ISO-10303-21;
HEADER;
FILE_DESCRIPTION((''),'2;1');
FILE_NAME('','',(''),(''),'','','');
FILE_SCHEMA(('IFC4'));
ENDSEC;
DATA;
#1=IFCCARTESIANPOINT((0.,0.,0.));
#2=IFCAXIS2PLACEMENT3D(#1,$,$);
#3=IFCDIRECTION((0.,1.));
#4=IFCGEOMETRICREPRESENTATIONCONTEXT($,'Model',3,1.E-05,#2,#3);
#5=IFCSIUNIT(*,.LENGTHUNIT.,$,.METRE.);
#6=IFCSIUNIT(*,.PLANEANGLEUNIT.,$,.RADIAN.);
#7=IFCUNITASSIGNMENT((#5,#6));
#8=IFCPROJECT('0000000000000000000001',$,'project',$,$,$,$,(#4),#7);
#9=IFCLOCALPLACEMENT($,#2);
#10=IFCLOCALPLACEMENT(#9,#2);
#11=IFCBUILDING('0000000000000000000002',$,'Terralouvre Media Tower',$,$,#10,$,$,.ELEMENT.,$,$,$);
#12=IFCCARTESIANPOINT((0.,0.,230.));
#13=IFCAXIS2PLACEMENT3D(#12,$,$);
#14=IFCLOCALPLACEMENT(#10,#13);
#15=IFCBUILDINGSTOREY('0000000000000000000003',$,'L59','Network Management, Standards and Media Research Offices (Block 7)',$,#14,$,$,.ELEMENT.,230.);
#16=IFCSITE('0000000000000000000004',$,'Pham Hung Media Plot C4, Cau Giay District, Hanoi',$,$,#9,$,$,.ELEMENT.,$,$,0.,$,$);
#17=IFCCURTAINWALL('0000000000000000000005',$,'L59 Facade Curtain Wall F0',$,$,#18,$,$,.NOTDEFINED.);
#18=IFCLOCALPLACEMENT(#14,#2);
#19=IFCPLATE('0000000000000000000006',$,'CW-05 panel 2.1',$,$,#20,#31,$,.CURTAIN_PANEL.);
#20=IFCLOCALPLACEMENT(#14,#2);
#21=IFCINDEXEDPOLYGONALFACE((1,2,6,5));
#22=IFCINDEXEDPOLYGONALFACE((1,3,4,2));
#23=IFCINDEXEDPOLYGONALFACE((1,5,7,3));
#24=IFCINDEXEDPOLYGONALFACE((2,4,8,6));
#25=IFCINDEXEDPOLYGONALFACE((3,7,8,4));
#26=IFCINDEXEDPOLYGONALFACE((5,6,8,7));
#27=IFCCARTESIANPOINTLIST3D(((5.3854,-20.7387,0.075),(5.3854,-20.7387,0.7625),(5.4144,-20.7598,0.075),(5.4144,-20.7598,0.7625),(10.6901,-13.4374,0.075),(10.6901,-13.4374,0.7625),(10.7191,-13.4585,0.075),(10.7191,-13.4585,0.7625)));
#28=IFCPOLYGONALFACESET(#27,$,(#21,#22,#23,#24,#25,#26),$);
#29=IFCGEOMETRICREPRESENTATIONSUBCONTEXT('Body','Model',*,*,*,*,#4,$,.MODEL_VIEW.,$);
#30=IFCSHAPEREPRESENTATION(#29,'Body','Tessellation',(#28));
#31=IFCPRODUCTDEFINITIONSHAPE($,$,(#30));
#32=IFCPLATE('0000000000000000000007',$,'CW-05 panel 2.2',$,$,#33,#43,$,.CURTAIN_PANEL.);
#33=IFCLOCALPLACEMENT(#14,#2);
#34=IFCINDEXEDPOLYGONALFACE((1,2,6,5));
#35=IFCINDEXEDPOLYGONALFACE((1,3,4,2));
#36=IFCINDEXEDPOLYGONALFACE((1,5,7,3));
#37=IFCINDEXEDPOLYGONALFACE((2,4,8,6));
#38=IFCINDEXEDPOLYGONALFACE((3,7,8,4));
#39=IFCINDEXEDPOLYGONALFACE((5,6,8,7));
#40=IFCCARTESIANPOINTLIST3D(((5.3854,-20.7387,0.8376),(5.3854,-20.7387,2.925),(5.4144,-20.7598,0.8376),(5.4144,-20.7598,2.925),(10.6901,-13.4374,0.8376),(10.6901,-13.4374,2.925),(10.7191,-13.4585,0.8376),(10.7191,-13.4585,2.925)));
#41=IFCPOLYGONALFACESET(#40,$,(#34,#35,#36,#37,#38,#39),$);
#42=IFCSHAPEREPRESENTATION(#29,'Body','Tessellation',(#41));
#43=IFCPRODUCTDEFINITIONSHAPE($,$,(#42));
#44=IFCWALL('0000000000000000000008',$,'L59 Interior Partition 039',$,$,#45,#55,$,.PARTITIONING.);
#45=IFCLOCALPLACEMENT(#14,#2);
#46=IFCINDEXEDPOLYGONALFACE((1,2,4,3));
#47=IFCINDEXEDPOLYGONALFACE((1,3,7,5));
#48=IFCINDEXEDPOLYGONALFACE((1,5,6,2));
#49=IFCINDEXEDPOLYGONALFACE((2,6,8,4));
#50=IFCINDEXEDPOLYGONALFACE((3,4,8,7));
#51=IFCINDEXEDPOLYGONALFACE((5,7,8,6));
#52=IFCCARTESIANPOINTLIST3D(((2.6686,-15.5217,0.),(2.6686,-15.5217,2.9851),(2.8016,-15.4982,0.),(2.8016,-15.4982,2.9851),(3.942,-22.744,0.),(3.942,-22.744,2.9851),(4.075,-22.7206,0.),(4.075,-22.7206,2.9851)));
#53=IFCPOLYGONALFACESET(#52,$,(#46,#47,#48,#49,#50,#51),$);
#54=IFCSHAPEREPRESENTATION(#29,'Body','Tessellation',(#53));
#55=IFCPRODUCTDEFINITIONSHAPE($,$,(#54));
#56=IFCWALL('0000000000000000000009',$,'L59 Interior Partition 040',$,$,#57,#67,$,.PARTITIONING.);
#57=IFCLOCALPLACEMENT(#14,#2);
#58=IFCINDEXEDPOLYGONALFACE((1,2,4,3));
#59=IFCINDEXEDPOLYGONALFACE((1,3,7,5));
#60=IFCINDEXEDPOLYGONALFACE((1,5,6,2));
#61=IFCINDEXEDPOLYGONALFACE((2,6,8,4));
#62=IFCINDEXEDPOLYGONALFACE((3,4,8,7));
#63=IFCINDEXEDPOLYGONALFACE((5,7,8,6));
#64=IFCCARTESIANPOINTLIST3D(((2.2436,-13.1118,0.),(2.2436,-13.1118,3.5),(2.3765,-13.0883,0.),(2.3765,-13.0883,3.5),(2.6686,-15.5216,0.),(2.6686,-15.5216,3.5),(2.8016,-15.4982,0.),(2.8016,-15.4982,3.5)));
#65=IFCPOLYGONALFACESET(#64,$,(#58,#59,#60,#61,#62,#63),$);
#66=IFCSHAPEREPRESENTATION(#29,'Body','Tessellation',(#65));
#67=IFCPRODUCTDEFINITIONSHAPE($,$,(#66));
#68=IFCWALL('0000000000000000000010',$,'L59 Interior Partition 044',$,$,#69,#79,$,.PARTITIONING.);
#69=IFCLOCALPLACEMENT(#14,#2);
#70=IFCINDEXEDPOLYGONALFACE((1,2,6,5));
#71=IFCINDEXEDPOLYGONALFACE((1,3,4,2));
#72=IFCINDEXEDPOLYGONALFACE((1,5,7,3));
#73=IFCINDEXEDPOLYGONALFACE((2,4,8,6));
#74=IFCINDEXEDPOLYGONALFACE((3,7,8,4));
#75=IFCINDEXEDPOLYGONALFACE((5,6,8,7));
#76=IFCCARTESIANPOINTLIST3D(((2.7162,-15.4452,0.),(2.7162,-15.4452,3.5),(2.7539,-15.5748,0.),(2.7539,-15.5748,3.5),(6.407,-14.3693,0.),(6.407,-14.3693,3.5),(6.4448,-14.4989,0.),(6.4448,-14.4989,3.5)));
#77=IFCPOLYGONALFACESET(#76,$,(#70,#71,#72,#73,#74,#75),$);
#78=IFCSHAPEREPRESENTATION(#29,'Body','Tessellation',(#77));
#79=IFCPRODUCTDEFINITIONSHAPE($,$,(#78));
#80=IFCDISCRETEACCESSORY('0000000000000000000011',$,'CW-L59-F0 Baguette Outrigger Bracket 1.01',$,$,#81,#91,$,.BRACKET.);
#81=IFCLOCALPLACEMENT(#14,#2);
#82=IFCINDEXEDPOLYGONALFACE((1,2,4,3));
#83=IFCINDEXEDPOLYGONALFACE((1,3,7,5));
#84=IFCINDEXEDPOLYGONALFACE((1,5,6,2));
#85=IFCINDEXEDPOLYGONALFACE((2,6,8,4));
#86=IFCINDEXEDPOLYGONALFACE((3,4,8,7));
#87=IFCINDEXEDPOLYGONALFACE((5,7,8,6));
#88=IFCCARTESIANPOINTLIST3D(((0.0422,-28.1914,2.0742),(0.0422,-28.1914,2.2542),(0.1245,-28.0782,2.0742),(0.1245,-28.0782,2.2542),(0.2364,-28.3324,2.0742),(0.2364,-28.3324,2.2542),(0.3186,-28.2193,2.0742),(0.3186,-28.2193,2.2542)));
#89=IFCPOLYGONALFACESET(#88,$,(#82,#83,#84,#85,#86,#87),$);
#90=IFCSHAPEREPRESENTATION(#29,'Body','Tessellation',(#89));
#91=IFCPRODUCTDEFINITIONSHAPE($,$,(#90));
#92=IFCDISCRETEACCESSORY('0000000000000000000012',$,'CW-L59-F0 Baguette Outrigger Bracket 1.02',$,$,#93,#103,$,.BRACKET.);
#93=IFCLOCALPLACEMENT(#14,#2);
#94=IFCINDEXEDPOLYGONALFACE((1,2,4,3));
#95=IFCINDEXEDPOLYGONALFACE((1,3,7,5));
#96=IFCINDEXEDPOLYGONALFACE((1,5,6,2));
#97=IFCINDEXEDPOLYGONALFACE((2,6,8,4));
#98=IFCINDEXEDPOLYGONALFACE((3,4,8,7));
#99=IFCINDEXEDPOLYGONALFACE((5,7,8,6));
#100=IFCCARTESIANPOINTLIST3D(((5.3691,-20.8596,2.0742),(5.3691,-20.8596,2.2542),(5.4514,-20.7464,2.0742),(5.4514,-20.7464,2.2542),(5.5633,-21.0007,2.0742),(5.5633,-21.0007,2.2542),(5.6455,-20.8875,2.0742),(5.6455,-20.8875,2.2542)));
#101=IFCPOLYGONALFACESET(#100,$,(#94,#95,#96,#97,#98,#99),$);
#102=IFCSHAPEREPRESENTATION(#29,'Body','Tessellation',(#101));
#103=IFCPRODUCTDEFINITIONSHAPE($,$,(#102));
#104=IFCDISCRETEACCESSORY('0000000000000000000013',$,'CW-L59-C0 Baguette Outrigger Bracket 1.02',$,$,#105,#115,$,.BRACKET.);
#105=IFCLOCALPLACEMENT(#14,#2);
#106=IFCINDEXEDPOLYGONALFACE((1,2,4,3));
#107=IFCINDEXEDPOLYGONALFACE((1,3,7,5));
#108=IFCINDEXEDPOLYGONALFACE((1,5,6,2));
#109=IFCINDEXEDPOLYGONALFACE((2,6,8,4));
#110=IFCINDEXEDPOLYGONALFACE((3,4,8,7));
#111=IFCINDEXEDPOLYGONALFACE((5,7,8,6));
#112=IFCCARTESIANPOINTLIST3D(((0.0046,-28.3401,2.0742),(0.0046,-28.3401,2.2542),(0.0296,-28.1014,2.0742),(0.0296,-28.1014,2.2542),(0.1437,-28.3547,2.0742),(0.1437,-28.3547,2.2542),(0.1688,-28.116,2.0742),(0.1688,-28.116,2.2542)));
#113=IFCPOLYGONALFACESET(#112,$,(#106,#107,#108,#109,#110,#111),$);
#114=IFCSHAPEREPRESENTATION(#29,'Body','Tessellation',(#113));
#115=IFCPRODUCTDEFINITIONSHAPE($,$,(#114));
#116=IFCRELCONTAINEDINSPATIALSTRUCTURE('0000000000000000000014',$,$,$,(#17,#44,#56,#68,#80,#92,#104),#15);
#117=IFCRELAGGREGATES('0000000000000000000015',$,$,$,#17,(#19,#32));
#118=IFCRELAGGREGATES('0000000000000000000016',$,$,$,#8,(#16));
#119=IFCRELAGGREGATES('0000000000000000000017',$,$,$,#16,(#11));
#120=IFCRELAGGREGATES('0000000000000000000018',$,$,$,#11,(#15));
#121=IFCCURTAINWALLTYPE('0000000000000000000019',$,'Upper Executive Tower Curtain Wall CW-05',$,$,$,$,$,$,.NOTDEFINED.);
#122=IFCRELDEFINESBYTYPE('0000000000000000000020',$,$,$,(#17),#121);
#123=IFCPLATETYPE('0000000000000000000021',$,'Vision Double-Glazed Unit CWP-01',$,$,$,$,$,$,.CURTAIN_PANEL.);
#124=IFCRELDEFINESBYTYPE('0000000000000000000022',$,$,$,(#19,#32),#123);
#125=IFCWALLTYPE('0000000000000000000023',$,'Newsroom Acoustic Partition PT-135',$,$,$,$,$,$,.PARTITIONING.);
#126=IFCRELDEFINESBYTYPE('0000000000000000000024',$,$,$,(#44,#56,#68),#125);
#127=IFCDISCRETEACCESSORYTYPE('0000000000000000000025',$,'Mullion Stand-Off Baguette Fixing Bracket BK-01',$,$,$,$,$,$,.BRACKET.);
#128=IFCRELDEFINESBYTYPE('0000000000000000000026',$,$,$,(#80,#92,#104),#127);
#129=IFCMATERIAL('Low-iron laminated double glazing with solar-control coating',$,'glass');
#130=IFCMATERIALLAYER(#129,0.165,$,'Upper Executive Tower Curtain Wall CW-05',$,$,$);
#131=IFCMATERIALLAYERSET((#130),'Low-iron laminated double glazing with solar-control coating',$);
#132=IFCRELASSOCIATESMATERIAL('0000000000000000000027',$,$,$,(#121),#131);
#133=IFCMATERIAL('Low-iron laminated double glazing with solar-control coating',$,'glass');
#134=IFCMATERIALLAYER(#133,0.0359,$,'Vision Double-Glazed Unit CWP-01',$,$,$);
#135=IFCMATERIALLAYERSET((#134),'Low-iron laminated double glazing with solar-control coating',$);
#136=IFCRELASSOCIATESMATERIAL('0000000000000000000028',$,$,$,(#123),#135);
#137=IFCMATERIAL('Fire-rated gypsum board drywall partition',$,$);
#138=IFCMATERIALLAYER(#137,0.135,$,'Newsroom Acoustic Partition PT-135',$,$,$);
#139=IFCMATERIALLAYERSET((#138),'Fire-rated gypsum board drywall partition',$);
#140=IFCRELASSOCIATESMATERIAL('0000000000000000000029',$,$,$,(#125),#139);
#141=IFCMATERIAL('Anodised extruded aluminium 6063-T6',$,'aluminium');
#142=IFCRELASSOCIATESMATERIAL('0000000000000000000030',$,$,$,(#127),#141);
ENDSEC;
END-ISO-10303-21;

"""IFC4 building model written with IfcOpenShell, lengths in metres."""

from ifc_helpers import new_model, si_unit, direction, frame, frame_2d, origin, origin_2d, place, context, subcontext, project, spatial, rectangle, extrude, material, layer, layer_set, type_object, element, aggregate, save


model = new_model("IFC4")

# Units and contexts
model_context = context("Model", 3, precision=1e-05, world=origin(), true_north=direction((0.0, 1.0)))
body_context = subcontext(model_context, "Body", "Model", "MODEL_VIEW")
ifc_project = project(units=[si_unit("LENGTHUNIT", "METRE"), si_unit("PLANEANGLEUNIT", "RADIAN")], contexts=[model_context])

# Site, building, storey
site_placement = place(None, origin())
site = spatial("IfcSite", under=ifc_project, at=site_placement, Name="Pham Hung Media Plot C4, Cau Giay District, Hanoi", CompositionType="ELEMENT", RefElevation=0.0)
building_placement = place(site_placement, origin())
building = spatial("IfcBuilding", under=site, at=building_placement, Name="Terralouvre Media Tower", CompositionType="ELEMENT")
storey_placement = place(building_placement, frame((0.0, 0.0, 230.0)))
storey = spatial("IfcBuildingStorey", under=building, at=storey_placement, Name="L59", Description="Network Management, Standards and Media Research Offices (Block 7)", CompositionType="ELEMENT", Elevation=230.0)

# Curtain wall
ifc_material_1 = material(Name="Low-iron laminated double glazing with solar-control coating", Category="glass")
ifc_layer_1 = layer(ifc_material_1, 0.165, Name="Upper Executive Tower Curtain Wall CW-05")
ifc_layer_set_1 = layer_set([ifc_layer_1], Name="Low-iron laminated double glazing with solar-control coating")
curtain_wall_type_1 = type_object("IfcCurtainWallType", Name="Upper Executive Tower Curtain Wall CW-05", PredefinedType="NOTDEFINED", material=ifc_layer_set_1)
curtain_wall_1_placement = place(storey_placement, origin())
curtain_wall_1 = element("IfcCurtainWall", 1, at=curtain_wall_1_placement, inside=storey, type_object=curtain_wall_type_1, Name="L59 Facade Curtain Wall F0", PredefinedType="NOTDEFINED")

# Plates
ifc_material_2 = material(Name="Low-iron laminated double glazing with solar-control coating", Category="glass")
ifc_layer_2 = layer(ifc_material_2, 0.0359, Name="Vision Double-Glazed Unit CWP-01")
ifc_layer_set_2 = layer_set([ifc_layer_2], Name="Low-iron laminated double glazing with solar-control coating")
plate_type = type_object("IfcPlateType", Name="Vision Double-Glazed Unit CWP-01", PredefinedType="CURTAIN_PANEL", material=ifc_layer_set_2)
plate_1_placement = place(storey_placement, frame((8.0522, -17.0986, 0.075), z_axis=(0.0, 0.0, 1.0), x_axis=(0.587785, 0.809017, 0.0)))
plate_1 = element("IfcPlate", 2, at=plate_1_placement, type_object=plate_type, Name="CW-05 panel 2.1", PredefinedType="CURTAIN_PANEL", context=body_context, shape_type="SweptSolid", body=[
    extrude(rectangle(XDim=9.0249, YDim=0.0359, at=origin_2d()), origin(), (0.0, 0.0, 1.0), 0.6875),
])
plate_2_placement = place(storey_placement, frame((8.0522, -17.0986, 0.8376), z_axis=(0.0, 0.0, 1.0), x_axis=(0.587785, 0.809017, 0.0)))
plate_2 = element("IfcPlate", 3, at=plate_2_placement, type_object=plate_type, Name="CW-05 panel 2.2", PredefinedType="CURTAIN_PANEL", context=body_context, shape_type="SweptSolid", body=[
    extrude(rectangle(XDim=9.0249, YDim=0.0359, at=origin_2d()), origin(), (0.0, 0.0, 1.0), 2.0874),
])
aggregate(curtain_wall_1, [plate_1, plate_2])

# Walls
ifc_material_3 = material(Name="Fire-rated gypsum board drywall partition")
ifc_layer_3 = layer(ifc_material_3, 0.135, Name="Newsroom Acoustic Partition PT-135")
ifc_layer_set_3 = layer_set([ifc_layer_3], Name="Fire-rated gypsum board drywall partition")
wall_type = type_object("IfcWallType", Name="Newsroom Acoustic Partition PT-135", PredefinedType="PARTITIONING", material=ifc_layer_set_3)
wall_1_placement = place(storey_placement, frame((4.0085, -22.7324, 0.0), z_axis=(0.0, 0.0, 1.0), x_axis=(-0.173639, 0.984809, 0.0)))
element("IfcWall", 4, at=wall_1_placement, inside=storey, type_object=wall_type, Name="L59 Interior Partition 039", PredefinedType="PARTITIONING", context=body_context, shape_type="SweptSolid", body=[
    extrude(rectangle(XDim=7.3337, YDim=0.135, at=frame_2d((3.667, 0.0))), origin(), (0.0, 0.0, 1.0), 2.9851),
])
wall_2_placement = place(storey_placement, frame((2.7351, -15.51, 0.0), z_axis=(0.0, 0.0, 1.0), x_axis=(-0.173694, 0.9848, 0.0)))
element("IfcWall", 5, at=wall_2_placement, inside=storey, type_object=wall_type, Name="L59 Interior Partition 040", PredefinedType="PARTITIONING", context=body_context, shape_type="SweptSolid", body=[
    extrude(rectangle(XDim=2.447, YDim=0.135, at=frame_2d((1.2236, 0.0))), origin(), (0.0, 0.0, 1.0), 3.5),
])
wall_3_placement = place(storey_placement, frame((6.426, -14.4341, 0.0), z_axis=(0.0, 0.0, 1.0), x_axis=(-0.960041, -0.279859, 0.0)))
element("IfcWall", 6, at=wall_3_placement, inside=storey, type_object=wall_type, Name="L59 Interior Partition 044", PredefinedType="PARTITIONING", context=body_context, shape_type="SweptSolid", body=[
    extrude(rectangle(XDim=3.8445, YDim=0.135, at=frame_2d((1.9224, 0.0))), origin(), (0.0, 0.0, 1.0), 3.5),
])

# Discrete accessories
ifc_material_4 = material(Name="Anodised extruded aluminium 6063-T6", Category="aluminium")
discrete_accessory_type = type_object("IfcDiscreteAccessoryType", Name="Mullion Stand-Off Baguette Fixing Bracket BK-01", PredefinedType="BRACKET", material=ifc_material_4)
for number, where, z_axis, x_axis, name in (
    (7, (0.1804, -28.2053, 2.0742), (0.0, 0.0, 1.0), (0.587785, 0.809017, 0.0), "CW-L59-F0 Baguette Outrigger Bracket 1.01"),
    (8, (5.5073, -20.8735, 2.0742), (0.0, 0.0, 1.0), (0.587785, 0.809017, 0.0), "CW-L59-F0 Baguette Outrigger Bracket 1.02"),
    (9, (0.0867, -28.228, 2.0742), (0.0, 0.0, 1.0), (0.994522, -0.104528, 0.0), "CW-L59-C0 Baguette Outrigger Bracket 1.02"),
):
    element("IfcDiscreteAccessory", number, at=place(storey_placement, frame(where, z_axis=z_axis, x_axis=x_axis)), inside=storey, type_object=discrete_accessory_type, Name=name, PredefinedType="BRACKET", context=body_context, shape_type="SweptSolid", body=[
        extrude(rectangle(XDim=0.1399, YDim=0.24, at=origin_2d()), origin(), (0.0, 0.0, 1.0), 0.1799),
    ])

save(model, "model.ifc")
